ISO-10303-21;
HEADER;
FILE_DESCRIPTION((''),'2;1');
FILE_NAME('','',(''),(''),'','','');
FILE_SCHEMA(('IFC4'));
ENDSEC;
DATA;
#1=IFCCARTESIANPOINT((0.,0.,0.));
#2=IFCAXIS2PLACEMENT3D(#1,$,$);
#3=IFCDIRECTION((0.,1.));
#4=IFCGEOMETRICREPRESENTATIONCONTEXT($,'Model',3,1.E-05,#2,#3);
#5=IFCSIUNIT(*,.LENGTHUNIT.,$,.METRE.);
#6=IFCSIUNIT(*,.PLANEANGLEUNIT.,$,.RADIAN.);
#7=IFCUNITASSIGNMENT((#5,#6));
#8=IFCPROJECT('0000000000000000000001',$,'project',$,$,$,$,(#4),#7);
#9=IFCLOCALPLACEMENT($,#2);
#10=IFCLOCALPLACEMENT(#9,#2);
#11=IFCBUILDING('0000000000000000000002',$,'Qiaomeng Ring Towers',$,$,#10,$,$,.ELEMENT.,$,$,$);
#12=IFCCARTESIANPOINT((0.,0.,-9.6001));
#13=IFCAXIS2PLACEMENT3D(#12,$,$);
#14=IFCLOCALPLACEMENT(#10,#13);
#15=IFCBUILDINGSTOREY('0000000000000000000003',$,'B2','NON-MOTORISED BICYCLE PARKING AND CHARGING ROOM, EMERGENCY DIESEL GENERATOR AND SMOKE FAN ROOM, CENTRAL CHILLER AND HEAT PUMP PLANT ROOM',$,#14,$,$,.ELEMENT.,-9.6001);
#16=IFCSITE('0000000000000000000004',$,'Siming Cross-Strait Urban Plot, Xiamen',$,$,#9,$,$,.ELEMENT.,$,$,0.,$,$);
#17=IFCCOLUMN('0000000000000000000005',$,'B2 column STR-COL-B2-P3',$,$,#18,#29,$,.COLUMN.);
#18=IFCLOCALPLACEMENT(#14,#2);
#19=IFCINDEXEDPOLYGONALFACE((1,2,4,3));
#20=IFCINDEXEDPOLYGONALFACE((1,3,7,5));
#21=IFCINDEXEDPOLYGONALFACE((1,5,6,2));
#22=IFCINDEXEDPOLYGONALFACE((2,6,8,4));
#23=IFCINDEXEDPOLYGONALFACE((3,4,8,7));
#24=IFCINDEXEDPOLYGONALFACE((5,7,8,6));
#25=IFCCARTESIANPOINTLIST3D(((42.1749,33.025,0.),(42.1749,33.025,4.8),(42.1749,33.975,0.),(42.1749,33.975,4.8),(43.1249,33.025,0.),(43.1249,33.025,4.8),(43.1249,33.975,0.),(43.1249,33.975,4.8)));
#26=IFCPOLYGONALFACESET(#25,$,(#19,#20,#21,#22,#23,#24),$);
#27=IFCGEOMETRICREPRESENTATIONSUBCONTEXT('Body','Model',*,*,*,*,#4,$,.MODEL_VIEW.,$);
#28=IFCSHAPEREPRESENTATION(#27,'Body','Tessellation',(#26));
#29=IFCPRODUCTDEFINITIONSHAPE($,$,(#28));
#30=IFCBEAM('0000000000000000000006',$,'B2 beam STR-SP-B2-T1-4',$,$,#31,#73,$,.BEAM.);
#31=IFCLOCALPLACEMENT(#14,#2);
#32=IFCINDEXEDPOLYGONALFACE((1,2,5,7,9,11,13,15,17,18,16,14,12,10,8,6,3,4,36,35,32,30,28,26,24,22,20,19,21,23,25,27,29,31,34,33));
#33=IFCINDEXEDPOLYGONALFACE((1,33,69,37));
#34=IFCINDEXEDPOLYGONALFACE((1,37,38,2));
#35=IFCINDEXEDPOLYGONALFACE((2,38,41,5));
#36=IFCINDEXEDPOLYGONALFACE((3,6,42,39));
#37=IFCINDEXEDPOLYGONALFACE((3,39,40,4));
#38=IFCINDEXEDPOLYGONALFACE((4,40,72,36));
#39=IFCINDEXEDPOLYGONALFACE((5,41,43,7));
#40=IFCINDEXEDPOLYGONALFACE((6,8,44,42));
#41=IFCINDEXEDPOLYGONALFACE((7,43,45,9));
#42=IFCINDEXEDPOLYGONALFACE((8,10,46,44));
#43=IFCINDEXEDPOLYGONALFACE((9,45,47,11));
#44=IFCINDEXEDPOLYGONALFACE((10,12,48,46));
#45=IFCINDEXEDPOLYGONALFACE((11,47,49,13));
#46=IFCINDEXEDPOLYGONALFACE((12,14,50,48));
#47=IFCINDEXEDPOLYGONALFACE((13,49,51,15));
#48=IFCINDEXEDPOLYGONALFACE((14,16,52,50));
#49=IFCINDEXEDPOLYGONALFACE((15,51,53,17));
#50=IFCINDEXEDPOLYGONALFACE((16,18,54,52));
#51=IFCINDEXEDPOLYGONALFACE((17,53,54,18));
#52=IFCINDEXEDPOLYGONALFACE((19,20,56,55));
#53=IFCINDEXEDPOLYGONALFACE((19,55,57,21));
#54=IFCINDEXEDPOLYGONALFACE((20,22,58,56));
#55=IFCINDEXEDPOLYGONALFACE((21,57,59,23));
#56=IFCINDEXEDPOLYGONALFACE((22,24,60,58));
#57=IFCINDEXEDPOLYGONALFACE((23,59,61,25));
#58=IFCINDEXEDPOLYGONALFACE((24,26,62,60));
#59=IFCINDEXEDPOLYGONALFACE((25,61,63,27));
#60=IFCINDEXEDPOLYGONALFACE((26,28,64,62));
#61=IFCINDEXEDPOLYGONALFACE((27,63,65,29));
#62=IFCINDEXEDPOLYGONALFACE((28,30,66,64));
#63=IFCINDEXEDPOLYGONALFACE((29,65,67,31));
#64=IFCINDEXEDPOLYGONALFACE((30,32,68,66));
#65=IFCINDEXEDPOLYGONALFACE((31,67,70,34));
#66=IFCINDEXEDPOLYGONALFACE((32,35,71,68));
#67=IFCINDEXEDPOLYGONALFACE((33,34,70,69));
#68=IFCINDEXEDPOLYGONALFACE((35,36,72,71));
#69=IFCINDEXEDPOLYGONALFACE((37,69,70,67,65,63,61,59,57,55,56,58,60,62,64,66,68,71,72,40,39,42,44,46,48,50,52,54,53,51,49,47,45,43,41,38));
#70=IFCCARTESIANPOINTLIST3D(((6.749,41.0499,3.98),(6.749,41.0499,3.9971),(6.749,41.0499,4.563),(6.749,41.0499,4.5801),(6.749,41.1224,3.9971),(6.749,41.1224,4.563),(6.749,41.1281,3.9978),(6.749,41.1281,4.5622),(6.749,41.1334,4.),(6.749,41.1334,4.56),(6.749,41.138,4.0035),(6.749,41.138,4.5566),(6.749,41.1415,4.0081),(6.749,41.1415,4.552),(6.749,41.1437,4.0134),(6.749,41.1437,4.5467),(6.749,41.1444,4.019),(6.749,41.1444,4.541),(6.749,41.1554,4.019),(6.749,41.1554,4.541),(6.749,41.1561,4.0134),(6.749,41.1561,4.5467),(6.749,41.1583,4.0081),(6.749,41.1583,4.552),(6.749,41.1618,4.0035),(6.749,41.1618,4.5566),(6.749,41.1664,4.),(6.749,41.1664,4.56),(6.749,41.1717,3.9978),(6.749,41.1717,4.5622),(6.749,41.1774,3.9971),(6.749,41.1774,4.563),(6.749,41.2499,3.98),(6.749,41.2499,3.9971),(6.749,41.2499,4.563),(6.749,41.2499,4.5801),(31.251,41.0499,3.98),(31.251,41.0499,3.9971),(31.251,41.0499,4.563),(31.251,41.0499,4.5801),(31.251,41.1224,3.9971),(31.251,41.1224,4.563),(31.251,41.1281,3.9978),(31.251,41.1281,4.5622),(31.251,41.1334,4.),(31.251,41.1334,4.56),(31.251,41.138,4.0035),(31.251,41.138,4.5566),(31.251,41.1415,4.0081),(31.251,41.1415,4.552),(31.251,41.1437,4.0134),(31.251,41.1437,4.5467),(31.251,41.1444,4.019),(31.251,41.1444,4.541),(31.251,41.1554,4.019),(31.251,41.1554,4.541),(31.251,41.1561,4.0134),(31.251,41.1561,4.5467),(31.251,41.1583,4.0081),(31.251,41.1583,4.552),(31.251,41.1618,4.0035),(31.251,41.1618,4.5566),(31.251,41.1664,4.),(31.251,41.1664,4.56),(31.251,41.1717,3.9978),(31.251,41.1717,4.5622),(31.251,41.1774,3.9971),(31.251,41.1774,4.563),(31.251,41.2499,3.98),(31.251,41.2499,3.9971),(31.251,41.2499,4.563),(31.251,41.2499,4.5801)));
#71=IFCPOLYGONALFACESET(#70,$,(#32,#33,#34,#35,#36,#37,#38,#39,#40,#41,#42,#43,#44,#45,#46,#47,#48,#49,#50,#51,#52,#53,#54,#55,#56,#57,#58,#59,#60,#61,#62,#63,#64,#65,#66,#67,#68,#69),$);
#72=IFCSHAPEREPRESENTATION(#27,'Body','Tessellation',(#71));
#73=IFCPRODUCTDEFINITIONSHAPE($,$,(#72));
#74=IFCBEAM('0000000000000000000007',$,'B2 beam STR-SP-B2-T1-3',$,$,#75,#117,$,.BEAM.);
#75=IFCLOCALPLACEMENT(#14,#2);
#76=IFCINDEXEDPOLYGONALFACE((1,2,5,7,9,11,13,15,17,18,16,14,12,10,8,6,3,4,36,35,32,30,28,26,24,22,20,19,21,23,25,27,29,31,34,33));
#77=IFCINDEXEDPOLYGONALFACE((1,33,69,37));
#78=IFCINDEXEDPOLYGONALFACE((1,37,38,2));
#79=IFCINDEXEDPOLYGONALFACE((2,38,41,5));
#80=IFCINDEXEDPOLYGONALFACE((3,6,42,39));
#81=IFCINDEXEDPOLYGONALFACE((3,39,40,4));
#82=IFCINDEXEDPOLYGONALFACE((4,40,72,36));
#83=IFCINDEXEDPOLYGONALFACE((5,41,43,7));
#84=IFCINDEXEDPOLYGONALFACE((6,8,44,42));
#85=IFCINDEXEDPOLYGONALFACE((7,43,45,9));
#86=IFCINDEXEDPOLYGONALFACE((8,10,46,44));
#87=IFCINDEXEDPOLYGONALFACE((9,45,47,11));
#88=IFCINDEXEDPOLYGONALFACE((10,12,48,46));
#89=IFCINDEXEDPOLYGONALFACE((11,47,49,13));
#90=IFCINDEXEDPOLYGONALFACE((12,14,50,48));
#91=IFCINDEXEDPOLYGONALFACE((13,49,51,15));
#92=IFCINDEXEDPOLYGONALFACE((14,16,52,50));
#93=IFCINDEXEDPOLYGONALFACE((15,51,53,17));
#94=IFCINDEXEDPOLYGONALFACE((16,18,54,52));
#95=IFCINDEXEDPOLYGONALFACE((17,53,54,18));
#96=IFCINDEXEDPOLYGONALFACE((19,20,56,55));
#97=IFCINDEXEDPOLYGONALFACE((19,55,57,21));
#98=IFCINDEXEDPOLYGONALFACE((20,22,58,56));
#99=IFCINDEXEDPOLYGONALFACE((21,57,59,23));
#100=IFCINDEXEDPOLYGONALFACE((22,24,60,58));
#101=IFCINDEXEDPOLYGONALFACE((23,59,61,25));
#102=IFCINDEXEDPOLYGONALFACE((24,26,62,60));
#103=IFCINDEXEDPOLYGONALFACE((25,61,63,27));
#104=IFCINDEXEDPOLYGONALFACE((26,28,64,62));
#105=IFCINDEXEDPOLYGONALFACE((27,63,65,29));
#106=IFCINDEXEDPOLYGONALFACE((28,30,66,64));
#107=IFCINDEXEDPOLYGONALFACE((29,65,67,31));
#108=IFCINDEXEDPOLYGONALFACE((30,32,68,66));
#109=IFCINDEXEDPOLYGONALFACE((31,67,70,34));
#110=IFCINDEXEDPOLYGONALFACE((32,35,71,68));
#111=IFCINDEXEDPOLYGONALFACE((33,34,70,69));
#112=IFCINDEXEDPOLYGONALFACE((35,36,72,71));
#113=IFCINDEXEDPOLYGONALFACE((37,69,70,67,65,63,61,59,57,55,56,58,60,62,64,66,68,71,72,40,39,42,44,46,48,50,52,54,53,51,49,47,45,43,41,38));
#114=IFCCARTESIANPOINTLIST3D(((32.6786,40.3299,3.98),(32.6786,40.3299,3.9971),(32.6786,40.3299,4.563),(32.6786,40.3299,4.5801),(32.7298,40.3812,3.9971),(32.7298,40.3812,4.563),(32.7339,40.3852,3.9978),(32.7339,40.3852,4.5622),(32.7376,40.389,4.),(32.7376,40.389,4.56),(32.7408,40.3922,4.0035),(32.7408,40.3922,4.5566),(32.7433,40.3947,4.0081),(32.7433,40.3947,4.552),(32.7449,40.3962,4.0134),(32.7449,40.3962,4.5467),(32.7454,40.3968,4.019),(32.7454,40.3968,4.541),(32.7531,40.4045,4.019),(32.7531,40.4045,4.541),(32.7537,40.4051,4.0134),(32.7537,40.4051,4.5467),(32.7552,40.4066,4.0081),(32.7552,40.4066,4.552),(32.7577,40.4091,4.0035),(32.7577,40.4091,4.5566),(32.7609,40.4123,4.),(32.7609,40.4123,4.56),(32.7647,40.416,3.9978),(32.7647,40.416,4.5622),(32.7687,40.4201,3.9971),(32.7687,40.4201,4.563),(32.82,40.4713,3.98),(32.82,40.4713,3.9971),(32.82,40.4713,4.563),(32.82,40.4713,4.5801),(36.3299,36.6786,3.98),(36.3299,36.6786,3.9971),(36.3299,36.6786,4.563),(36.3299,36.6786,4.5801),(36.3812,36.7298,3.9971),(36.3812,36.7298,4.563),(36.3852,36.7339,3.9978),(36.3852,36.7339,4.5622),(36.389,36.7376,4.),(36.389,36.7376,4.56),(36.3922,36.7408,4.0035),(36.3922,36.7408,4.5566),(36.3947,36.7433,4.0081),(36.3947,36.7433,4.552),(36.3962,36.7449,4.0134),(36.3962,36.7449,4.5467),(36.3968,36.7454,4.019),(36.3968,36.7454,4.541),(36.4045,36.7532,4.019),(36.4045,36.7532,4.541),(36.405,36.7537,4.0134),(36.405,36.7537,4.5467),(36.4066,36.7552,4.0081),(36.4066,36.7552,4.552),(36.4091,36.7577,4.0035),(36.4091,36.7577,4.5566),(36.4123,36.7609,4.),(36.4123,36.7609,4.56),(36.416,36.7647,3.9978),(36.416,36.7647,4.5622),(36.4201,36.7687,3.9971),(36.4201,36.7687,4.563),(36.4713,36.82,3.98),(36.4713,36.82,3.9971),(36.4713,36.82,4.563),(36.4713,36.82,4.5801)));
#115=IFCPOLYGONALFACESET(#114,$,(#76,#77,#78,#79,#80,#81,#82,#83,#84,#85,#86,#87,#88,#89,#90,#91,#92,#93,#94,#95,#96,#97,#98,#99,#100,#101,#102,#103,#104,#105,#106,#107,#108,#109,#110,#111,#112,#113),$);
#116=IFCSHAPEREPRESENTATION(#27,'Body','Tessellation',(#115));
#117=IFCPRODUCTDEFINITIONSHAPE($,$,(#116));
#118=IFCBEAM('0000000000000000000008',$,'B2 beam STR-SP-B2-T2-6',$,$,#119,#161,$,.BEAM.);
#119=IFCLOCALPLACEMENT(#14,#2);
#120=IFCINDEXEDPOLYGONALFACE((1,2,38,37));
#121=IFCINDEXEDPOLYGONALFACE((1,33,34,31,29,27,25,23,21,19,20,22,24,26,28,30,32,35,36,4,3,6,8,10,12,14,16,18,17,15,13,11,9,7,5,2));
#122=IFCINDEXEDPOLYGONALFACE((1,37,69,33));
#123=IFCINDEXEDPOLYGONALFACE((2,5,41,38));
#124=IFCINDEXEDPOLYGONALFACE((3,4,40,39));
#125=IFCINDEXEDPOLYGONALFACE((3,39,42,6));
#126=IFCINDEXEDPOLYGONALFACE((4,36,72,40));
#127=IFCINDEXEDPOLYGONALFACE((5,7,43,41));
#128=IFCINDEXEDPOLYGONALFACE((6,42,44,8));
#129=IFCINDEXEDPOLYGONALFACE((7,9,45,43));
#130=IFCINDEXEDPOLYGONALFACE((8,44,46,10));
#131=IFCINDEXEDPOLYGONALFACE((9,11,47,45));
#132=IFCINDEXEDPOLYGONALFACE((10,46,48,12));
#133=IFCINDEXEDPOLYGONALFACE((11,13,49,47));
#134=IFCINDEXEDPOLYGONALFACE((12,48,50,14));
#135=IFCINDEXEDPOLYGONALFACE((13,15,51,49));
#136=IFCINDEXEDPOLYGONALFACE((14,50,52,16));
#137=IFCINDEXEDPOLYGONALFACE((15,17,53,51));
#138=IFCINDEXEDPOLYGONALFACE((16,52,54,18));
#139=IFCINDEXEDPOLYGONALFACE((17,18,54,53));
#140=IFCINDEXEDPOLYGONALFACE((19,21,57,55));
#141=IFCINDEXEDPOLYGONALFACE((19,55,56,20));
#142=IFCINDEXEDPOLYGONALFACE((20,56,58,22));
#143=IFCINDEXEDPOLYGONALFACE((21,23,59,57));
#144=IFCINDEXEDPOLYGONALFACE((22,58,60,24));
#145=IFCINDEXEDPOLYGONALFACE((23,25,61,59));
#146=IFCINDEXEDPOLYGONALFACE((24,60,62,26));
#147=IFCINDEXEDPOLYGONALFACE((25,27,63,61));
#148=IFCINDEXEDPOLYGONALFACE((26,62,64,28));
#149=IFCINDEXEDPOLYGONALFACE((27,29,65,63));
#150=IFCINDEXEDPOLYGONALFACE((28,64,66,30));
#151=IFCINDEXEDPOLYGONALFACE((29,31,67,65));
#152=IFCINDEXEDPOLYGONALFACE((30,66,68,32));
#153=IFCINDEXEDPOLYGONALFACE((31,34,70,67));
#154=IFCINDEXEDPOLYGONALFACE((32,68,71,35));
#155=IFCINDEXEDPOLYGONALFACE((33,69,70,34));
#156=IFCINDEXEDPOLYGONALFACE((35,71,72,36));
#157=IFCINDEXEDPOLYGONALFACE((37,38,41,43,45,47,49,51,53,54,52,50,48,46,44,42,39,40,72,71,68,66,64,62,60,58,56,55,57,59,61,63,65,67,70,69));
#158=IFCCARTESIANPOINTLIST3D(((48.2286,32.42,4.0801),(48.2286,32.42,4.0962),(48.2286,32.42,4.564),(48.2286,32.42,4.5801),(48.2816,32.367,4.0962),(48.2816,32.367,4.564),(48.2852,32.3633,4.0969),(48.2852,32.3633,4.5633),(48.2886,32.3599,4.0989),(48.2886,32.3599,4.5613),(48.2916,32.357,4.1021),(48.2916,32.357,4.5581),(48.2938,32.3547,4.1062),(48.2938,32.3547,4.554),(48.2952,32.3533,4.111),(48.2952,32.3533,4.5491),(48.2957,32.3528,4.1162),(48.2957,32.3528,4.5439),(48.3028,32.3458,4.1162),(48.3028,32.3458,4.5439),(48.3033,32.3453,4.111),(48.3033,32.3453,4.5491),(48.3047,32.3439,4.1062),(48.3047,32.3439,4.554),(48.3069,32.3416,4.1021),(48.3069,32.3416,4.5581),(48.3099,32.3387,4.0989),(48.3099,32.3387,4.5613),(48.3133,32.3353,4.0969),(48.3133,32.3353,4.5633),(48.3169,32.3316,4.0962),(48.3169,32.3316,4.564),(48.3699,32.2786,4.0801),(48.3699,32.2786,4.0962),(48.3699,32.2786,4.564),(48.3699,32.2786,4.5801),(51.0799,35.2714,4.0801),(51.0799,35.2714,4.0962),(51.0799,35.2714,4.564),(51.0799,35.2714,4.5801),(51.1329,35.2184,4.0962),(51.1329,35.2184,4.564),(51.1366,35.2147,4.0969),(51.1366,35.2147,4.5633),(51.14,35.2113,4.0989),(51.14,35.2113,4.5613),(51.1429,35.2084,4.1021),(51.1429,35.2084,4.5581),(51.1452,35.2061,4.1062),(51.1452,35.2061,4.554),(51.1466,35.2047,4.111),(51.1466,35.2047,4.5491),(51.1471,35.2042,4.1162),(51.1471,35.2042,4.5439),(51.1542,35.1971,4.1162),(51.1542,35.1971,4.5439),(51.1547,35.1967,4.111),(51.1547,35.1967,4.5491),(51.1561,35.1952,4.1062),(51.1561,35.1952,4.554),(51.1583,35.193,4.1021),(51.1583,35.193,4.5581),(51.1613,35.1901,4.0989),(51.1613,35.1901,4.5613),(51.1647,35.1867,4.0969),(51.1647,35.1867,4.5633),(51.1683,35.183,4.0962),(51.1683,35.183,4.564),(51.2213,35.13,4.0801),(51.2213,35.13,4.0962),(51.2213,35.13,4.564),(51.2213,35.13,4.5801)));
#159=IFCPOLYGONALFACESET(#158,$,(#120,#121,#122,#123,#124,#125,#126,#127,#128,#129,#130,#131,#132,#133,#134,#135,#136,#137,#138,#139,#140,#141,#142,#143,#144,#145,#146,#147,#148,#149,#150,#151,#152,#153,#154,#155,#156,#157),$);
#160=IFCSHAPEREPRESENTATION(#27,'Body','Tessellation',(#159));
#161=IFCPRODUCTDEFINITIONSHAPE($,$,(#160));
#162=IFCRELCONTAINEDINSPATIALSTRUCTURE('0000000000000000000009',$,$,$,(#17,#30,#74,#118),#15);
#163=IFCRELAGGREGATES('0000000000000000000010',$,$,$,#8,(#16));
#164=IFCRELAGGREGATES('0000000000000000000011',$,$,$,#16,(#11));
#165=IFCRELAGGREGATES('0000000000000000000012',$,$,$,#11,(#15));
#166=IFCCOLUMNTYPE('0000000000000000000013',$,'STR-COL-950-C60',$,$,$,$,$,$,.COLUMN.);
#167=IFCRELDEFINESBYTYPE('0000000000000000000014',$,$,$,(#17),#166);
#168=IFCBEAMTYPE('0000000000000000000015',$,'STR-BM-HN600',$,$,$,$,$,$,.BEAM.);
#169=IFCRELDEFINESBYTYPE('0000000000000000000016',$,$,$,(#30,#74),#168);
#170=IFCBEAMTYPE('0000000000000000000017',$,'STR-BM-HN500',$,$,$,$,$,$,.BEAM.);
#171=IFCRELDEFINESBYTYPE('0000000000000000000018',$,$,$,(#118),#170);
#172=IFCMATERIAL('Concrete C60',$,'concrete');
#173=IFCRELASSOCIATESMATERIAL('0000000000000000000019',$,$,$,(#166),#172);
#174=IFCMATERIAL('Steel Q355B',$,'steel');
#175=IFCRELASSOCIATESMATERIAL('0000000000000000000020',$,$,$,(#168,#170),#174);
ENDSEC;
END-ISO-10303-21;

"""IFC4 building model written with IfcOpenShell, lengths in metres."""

from ifc_helpers import new_model, si_unit, direction, frame, origin, origin_2d, place, context, subcontext, project, spatial, rectangle, i_section, extrude, source, transform, mapped, material, material_profile, profile_set, type_object, element, save


model = new_model("IFC4")

# Units and contexts
model_context = context("Model", 3, precision=1e-05, world=origin(), true_north=direction((0.0, 1.0)))
body_context = subcontext(model_context, "Body", "Model", "MODEL_VIEW")
ifc_project = project(units=[si_unit("LENGTHUNIT", "METRE"), si_unit("PLANEANGLEUNIT", "RADIAN")], contexts=[model_context])

# Site, building, storey
site_placement = place(None, origin())
site = spatial("IfcSite", under=ifc_project, at=site_placement, Name="Siming Cross-Strait Urban Plot, Xiamen", CompositionType="ELEMENT", RefElevation=0.0)
building_placement = place(site_placement, origin())
building = spatial("IfcBuilding", under=site, at=building_placement, Name="Qiaomeng Ring Towers", CompositionType="ELEMENT")
storey_placement = place(building_placement, frame((0.0, 0.0, -9.6001)))
storey = spatial("IfcBuildingStorey", under=building, at=storey_placement, Name="B2", Description="NON-MOTORISED BICYCLE PARKING AND CHARGING ROOM, EMERGENCY DIESEL GENERATOR AND SMOKE FAN ROOM, CENTRAL CHILLER AND HEAT PUMP PLANT ROOM", CompositionType="ELEMENT", Elevation=-9.6001)

# Column
ifc_material_1 = material(Name="Concrete C60", Category="concrete")
ifc_material_profile_1 = material_profile(ifc_material_1, rectangle(XDim=0.95, YDim=0.95, at=origin_2d()), Name="RC COL 950x950")
ifc_profile_set_1 = profile_set([ifc_material_profile_1], Name="Concrete C60")
column_type_1 = type_object("IfcColumnType", Name="STR-COL-950-C60", PredefinedType="COLUMN", material=ifc_profile_set_1)
shared_shape_1 = source(origin(), body_context, "Body", "SweptSolid", [
    extrude(rectangle(XDim=0.95, YDim=0.95, at=origin_2d()), origin(), (0.0, 0.0, 1.0), 4.8),
])
column_1_placement = place(storey_placement, frame((42.6499, 33.5, 0.0), z_axis=(0.0, 0.0, 1.0), x_axis=(1.0, 0.0, 0.0)))
element("IfcColumn", 1, at=column_1_placement, inside=storey, type_object=column_type_1, Name="B2 column STR-COL-B2-P3", PredefinedType="COLUMN", context=body_context, shape_type="MappedRepresentation", body=[
    mapped(shared_shape_1, transform((0.0, 0.0, 0.0), x_axis=(1.0, 0.0, 0.0), y_axis=(0.0, 1.0, 0.0), z_axis=(0.0, 0.0, 1.0), scale=1.0)),
])

# Beams
ifc_material_2 = material(Name="Steel Q355B", Category="steel")
ifc_material_profile_2 = material_profile(ifc_material_2, i_section(OverallWidth=0.2, OverallDepth=0.6001, WebThickness=0.011, FlangeThickness=0.0171, FilletRadius=0.022, at=origin_2d()), Name="HN 600x200x11x17")
ifc_profile_set_2 = profile_set([ifc_material_profile_2], Name="Steel Q355B")
beam_type_1 = type_object("IfcBeamType", Name="STR-BM-HN600", PredefinedType="BEAM", material=ifc_profile_set_2)
shared_shape_2 = source(origin(), body_context, "Body", "SweptSolid", [
    extrude(i_section(OverallWidth=0.2, OverallDepth=0.6001, WebThickness=0.011, FlangeThickness=0.0171, FilletRadius=0.022, at=origin_2d()), origin(), (0.0, 0.0, 1.0), 24.502),
])
beam_1_placement = place(storey_placement, frame((31.251, 41.1499, 4.28), z_axis=(-1.0, 0.0, 0.0), x_axis=(0.0, -1.0, 0.0)))
element("IfcBeam", 2, at=beam_1_placement, inside=storey, type_object=beam_type_1, Name="B2 beam STR-SP-B2-T1-4", PredefinedType="BEAM", context=body_context, shape_type="MappedRepresentation", body=[
    mapped(shared_shape_2, transform((0.0, 0.0, 0.0), x_axis=(1.0, 0.0, 0.0), y_axis=(0.0, 1.0, 0.0), z_axis=(0.0, 0.0, 1.0), scale=1.0)),
])
shared_shape_3 = source(origin(), body_context, "Body", "SweptSolid", [
    extrude(i_section(OverallWidth=0.2, OverallDepth=0.6001, WebThickness=0.011, FlangeThickness=0.0171, FilletRadius=0.022, at=origin_2d()), origin(), (0.0, 0.0, 1.0), 5.1638),
])
beam_2_placement = place(storey_placement, frame((36.4006, 36.7493, 4.28), z_axis=(-0.707107, 0.707107, 0.0), x_axis=(-0.707107, -0.707107, 0.0)))
element("IfcBeam", 3, at=beam_2_placement, inside=storey, type_object=beam_type_1, Name="B2 beam STR-SP-B2-T1-3", PredefinedType="BEAM", context=body_context, shape_type="MappedRepresentation", body=[
    mapped(shared_shape_3, transform((0.0, 0.0, 0.0), x_axis=(1.0, 0.0, 0.0), y_axis=(0.0, 1.0, 0.0), z_axis=(0.0, 0.0, 1.0), scale=1.0)),
])
ifc_material_profile_3 = material_profile(ifc_material_2, i_section(OverallWidth=0.2, OverallDepth=0.5, WebThickness=0.01, FlangeThickness=0.0161, FilletRadius=0.02, at=origin_2d()), Name="HN 500x200x10x16")
ifc_profile_set_3 = profile_set([ifc_material_profile_3], Name="Steel Q355B")
beam_type_2 = type_object("IfcBeamType", Name="STR-BM-HN500", PredefinedType="BEAM", material=ifc_profile_set_3)
shared_shape_4 = source(origin(), body_context, "Body", "SweptSolid", [
    extrude(i_section(OverallWidth=0.2, OverallDepth=0.5, WebThickness=0.01, FlangeThickness=0.0161, FilletRadius=0.02, at=origin_2d()), origin(), (0.0, 0.0, 1.0), 4.0325),
])
beam_3_placement = place(storey_placement, frame((51.1506, 35.2007, 4.3301), z_axis=(-0.707107, -0.707107, 0.0), x_axis=(0.707107, -0.707107, 0.0)))
element("IfcBeam", 4, at=beam_3_placement, inside=storey, type_object=beam_type_2, Name="B2 beam STR-SP-B2-T2-6", PredefinedType="BEAM", context=body_context, shape_type="MappedRepresentation", body=[
    mapped(shared_shape_4, transform((0.0, 0.0, 0.0), x_axis=(1.0, 0.0, 0.0), y_axis=(0.0, 1.0, 0.0), z_axis=(0.0, 0.0, 1.0), scale=1.0)),
])

save(model, "model.ifc")
